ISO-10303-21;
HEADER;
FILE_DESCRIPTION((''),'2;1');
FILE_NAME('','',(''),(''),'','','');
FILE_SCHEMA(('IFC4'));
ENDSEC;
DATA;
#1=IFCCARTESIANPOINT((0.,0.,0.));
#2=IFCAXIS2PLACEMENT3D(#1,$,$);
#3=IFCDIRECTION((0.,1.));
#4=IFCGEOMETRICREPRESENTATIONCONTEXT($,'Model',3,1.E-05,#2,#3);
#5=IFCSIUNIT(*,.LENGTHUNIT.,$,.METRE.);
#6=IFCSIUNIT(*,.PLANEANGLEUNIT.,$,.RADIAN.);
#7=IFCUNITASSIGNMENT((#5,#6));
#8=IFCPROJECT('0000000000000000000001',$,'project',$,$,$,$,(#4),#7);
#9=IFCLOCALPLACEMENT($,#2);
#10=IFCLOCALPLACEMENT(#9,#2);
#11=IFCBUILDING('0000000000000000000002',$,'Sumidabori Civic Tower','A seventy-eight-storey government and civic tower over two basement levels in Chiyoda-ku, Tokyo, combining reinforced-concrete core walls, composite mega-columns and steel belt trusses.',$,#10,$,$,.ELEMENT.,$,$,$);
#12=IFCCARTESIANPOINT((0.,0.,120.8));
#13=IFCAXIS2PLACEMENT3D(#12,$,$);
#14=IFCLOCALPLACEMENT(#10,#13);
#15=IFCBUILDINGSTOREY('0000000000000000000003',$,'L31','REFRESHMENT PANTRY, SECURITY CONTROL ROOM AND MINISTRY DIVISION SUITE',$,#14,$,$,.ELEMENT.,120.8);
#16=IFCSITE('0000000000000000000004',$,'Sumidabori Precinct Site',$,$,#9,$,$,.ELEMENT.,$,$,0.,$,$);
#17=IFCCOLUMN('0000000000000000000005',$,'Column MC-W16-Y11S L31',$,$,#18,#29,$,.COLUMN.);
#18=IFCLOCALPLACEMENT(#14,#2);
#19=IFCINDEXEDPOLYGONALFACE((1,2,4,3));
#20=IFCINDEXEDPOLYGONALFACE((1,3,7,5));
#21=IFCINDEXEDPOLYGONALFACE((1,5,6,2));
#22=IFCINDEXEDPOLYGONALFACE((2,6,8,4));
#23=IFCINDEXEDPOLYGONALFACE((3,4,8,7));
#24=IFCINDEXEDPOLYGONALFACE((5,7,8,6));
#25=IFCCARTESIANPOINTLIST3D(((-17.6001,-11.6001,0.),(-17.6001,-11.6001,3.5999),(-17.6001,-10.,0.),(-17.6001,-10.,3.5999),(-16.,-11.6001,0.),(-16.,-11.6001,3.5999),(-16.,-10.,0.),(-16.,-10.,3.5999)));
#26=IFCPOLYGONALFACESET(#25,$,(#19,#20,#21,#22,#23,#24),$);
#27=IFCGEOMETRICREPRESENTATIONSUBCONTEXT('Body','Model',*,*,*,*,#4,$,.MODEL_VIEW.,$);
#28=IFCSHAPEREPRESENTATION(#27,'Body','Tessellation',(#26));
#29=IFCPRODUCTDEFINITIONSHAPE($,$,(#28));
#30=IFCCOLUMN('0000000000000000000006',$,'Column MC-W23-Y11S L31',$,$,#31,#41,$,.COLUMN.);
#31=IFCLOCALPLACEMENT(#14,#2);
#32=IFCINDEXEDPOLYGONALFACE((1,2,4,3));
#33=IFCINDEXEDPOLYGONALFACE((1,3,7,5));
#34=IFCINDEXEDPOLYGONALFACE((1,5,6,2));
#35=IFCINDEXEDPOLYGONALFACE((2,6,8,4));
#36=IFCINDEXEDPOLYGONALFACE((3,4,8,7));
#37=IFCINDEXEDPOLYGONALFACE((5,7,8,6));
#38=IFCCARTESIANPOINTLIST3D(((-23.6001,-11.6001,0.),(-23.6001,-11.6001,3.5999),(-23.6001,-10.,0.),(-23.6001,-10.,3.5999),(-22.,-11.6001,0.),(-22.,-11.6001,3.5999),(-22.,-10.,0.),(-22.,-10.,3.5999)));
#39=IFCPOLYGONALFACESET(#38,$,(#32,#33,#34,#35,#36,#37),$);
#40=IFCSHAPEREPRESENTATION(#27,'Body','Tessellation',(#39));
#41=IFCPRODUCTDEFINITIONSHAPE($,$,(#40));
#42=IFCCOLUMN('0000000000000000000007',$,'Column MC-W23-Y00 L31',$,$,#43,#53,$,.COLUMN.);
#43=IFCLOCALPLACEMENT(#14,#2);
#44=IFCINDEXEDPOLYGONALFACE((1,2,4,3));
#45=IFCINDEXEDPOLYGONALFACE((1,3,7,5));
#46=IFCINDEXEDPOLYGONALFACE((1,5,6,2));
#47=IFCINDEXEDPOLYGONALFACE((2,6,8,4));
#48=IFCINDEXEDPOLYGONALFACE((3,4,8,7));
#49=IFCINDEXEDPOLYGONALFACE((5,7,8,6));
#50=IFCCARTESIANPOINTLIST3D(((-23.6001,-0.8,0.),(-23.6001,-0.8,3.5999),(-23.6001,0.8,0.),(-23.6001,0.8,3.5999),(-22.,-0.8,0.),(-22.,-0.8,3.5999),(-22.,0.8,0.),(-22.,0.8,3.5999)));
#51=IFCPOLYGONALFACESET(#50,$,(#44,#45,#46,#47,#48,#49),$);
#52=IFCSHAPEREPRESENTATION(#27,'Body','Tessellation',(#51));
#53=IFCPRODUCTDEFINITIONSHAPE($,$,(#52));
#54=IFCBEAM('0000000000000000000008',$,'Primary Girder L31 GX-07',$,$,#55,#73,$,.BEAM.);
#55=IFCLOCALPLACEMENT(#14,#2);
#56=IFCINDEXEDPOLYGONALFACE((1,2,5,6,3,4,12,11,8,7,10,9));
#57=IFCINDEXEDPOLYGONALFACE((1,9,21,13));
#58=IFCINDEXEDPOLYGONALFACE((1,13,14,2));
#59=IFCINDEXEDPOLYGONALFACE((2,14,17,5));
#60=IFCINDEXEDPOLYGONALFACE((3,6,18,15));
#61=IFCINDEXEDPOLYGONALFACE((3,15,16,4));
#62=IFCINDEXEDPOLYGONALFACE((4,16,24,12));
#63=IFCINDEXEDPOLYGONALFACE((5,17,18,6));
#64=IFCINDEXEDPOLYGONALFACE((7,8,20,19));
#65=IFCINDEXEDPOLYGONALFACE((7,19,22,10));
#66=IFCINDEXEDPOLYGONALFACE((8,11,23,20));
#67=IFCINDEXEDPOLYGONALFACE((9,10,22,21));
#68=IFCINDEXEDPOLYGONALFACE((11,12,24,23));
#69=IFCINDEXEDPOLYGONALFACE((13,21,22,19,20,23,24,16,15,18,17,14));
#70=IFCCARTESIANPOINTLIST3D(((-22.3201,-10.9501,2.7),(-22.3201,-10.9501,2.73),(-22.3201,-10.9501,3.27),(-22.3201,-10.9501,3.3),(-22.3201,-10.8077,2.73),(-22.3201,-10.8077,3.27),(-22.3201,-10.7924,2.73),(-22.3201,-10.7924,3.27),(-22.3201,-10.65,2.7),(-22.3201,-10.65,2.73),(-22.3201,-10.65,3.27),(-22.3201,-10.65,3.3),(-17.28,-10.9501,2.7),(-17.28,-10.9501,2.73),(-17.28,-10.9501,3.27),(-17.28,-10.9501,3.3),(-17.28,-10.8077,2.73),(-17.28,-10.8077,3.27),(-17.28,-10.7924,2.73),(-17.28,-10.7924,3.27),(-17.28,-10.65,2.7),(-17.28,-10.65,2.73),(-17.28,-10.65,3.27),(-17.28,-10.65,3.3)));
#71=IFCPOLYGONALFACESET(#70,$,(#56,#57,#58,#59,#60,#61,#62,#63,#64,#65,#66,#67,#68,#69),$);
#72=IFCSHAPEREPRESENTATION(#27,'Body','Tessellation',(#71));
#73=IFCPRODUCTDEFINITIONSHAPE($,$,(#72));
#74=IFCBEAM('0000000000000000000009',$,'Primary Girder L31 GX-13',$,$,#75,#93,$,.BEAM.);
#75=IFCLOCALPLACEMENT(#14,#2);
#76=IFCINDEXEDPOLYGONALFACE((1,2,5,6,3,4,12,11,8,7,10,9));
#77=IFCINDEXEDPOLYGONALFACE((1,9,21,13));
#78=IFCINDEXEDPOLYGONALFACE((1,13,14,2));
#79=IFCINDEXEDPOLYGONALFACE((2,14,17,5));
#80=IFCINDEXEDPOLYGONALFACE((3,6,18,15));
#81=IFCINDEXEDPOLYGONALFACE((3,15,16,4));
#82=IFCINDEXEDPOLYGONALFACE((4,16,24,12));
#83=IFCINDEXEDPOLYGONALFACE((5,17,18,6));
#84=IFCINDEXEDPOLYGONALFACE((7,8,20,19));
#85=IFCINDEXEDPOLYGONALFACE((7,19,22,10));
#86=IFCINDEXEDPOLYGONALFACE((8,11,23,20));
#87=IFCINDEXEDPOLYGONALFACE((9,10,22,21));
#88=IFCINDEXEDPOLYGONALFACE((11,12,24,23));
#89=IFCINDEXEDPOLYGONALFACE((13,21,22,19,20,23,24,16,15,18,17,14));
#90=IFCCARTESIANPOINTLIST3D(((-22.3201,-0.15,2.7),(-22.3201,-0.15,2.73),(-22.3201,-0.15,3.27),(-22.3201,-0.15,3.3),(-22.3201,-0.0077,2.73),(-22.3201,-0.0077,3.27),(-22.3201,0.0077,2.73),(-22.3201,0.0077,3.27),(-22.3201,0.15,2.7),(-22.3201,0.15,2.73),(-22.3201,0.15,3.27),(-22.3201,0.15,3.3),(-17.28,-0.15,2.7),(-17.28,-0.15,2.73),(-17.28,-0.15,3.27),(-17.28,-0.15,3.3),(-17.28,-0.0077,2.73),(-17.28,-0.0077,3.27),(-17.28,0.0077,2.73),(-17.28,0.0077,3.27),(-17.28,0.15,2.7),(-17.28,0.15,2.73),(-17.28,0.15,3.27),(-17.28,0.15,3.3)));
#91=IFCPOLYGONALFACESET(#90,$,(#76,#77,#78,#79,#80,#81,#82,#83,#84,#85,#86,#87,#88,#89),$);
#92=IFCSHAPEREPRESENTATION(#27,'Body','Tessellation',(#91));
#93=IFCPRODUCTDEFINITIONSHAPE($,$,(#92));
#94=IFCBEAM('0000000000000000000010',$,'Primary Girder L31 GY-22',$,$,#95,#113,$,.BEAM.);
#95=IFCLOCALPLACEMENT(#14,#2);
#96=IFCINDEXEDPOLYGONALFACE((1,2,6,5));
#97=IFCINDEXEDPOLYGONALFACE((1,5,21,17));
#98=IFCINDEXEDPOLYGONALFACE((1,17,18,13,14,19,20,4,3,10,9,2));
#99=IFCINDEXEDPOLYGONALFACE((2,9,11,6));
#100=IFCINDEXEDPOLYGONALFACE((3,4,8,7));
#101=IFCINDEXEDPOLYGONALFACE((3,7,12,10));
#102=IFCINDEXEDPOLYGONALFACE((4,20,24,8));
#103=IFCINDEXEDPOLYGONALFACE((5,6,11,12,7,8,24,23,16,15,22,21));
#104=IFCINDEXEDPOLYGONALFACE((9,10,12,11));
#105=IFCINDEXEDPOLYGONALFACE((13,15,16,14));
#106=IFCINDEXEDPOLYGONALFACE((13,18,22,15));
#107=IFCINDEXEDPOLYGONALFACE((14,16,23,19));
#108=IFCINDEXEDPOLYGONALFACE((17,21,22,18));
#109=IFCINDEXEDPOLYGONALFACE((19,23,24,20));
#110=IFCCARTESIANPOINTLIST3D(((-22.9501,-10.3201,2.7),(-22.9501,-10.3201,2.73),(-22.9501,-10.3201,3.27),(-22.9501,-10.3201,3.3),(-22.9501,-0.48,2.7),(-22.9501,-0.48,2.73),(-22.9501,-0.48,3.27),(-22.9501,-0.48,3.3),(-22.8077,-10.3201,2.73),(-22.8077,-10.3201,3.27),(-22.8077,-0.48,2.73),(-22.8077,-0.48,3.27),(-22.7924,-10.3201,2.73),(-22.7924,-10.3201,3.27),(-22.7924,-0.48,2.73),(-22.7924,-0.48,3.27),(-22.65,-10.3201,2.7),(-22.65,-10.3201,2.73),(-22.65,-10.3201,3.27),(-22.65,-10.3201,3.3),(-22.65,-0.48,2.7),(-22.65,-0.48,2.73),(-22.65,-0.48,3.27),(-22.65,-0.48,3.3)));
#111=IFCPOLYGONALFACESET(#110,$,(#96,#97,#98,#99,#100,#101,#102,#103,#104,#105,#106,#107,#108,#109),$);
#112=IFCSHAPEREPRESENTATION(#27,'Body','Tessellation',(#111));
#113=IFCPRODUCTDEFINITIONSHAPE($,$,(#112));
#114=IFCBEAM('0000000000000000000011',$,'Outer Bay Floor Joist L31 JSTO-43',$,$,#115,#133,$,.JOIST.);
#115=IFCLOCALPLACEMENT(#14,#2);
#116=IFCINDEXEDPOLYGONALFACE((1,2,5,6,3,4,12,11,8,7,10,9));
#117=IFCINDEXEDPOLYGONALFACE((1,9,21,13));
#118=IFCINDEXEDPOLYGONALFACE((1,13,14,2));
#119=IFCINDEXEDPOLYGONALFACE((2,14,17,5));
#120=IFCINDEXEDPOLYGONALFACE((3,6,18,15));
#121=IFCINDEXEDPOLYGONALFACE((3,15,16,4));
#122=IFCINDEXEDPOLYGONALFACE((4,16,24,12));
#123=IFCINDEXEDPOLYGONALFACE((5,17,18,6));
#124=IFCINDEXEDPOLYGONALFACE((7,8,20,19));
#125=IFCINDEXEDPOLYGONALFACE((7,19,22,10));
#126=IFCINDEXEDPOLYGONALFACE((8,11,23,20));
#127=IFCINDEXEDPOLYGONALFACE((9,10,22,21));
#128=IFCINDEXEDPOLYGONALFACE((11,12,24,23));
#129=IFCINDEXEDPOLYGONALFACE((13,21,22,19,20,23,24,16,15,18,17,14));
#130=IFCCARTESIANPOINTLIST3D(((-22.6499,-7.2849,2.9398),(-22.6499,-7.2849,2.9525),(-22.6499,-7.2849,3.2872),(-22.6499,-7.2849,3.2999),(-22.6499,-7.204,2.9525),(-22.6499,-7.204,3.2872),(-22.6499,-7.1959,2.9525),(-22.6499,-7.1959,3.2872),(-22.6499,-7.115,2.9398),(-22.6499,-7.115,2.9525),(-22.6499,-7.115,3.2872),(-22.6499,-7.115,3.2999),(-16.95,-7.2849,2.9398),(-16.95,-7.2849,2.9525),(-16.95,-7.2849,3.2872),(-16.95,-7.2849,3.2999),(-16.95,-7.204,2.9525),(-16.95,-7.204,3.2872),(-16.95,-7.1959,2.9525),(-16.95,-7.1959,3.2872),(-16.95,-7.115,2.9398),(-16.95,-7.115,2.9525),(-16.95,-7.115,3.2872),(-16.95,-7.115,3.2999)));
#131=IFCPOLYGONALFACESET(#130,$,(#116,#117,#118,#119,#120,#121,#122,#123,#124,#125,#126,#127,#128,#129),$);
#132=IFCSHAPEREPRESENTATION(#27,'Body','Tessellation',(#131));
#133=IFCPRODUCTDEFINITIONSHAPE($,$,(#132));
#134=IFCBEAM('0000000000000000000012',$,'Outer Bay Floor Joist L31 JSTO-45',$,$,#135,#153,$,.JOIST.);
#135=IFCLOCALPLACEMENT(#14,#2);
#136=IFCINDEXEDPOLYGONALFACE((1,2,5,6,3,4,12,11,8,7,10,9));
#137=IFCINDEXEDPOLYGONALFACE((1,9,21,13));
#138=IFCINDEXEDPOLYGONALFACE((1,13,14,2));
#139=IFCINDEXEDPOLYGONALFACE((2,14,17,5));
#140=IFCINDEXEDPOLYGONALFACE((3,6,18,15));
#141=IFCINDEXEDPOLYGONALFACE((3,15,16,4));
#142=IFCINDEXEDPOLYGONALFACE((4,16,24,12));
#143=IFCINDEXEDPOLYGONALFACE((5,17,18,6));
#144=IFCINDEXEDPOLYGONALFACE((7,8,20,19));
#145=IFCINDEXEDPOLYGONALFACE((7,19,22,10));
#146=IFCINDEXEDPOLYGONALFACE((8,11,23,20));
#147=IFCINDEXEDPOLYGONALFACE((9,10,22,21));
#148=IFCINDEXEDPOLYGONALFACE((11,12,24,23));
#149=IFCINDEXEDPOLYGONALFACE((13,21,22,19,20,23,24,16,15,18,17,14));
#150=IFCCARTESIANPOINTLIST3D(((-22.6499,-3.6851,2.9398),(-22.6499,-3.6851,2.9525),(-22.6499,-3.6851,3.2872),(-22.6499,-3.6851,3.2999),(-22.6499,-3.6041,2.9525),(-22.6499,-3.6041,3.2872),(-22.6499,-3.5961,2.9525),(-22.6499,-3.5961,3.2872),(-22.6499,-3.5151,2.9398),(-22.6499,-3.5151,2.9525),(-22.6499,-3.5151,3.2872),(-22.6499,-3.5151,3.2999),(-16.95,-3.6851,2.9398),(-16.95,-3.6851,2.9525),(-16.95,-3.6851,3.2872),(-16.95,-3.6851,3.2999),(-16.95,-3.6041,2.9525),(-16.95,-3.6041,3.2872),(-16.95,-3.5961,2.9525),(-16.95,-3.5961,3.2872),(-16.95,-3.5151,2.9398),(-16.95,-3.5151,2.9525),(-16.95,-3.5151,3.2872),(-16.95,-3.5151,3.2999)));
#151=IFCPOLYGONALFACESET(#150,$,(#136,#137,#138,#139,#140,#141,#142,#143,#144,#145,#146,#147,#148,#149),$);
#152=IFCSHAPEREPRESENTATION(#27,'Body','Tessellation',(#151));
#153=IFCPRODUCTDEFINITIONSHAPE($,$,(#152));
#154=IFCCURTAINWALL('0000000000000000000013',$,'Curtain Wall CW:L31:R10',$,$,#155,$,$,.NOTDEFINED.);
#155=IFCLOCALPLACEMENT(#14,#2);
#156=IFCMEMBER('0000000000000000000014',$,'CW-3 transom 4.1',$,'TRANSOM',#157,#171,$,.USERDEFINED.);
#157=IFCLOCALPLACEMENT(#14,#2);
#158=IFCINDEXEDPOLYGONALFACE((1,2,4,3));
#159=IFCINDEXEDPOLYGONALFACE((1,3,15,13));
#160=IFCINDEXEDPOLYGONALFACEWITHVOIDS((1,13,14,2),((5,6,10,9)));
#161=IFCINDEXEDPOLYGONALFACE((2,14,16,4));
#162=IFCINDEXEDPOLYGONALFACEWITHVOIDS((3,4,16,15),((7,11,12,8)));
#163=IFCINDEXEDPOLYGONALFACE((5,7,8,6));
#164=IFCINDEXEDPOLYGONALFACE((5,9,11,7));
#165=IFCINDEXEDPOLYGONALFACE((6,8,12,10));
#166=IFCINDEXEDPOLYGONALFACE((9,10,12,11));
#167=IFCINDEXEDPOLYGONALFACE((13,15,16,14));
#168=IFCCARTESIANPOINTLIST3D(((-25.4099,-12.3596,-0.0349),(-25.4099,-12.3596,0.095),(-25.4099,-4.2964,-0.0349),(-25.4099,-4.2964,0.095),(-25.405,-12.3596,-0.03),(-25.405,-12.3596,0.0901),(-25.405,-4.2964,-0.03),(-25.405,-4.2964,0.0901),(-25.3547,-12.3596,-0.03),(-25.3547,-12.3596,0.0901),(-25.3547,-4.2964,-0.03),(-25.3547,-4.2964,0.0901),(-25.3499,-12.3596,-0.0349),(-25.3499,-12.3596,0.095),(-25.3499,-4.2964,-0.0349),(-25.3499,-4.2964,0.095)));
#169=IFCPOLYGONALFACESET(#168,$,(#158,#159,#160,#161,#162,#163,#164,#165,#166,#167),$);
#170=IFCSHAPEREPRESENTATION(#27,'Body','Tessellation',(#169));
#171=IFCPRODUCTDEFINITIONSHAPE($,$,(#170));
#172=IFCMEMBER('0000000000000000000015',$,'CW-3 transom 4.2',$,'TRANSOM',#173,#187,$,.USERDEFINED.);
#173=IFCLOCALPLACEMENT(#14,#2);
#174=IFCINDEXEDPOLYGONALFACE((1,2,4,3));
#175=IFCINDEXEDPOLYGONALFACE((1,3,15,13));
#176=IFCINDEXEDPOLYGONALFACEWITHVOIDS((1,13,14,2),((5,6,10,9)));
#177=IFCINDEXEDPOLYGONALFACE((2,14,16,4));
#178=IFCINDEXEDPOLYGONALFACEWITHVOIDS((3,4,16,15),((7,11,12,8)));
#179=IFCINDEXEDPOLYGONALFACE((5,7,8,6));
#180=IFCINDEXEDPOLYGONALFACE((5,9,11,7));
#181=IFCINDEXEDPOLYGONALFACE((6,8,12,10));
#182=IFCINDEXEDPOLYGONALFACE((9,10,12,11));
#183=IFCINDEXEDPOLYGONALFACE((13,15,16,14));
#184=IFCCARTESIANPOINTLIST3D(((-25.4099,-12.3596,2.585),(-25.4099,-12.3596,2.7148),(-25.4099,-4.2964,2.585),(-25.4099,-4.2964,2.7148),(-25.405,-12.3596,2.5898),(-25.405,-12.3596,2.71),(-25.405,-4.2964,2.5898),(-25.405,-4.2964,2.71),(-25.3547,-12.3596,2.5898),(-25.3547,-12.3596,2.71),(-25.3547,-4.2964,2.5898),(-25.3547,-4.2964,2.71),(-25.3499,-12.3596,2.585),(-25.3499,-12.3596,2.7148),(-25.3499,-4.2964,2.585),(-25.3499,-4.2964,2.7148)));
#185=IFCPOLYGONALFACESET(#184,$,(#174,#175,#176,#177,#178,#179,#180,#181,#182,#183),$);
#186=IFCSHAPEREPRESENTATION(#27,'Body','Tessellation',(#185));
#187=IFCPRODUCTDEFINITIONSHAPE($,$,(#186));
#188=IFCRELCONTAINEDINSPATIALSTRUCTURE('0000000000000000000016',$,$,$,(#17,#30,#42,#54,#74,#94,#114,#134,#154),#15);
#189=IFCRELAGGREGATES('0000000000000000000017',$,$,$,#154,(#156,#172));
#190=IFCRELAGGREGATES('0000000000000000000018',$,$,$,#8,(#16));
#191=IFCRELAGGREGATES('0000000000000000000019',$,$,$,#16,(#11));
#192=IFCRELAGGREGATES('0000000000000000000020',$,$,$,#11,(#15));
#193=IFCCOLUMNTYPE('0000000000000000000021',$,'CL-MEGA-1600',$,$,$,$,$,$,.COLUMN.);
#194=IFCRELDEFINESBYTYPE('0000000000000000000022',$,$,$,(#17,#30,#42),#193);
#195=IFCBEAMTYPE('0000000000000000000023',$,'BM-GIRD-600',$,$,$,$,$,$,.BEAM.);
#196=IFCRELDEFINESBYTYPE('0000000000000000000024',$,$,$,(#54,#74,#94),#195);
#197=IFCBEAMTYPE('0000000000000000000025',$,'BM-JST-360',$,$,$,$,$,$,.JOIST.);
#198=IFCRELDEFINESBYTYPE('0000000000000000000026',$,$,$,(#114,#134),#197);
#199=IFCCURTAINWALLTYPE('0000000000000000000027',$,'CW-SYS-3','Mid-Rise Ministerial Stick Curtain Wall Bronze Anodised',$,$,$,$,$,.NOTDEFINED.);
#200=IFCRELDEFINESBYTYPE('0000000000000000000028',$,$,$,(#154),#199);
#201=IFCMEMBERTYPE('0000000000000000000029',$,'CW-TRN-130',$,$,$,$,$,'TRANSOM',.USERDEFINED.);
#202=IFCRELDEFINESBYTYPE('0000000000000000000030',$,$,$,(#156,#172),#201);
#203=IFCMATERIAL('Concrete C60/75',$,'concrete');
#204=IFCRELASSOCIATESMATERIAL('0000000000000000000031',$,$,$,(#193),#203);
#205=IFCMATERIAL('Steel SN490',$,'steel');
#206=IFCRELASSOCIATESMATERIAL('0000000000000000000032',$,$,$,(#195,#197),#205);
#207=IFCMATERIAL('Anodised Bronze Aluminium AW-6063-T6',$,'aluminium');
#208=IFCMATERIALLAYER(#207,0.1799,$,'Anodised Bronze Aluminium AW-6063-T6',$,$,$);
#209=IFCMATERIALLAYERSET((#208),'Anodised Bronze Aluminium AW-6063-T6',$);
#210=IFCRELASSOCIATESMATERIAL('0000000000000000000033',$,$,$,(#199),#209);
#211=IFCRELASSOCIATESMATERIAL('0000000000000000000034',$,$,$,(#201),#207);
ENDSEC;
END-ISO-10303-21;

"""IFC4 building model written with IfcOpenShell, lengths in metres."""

from ifc_helpers import new_model, si_unit, direction, frame, origin, origin_2d, place, context, subcontext, project, spatial, rectangle, hollow_rectangle, i_section, extrude, source, transform, mapped, material, layer, layer_set, material_profile, profile_set, type_object, element, aggregate, save


model = new_model("IFC4")

# Units and contexts
model_context = context("Model", 3, precision=1e-05, world=origin(), true_north=direction((0.0, 1.0)))
body_context = subcontext(model_context, "Body", "Model", "MODEL_VIEW")
ifc_project = project(units=[si_unit("LENGTHUNIT", "METRE"), si_unit("PLANEANGLEUNIT", "RADIAN")], contexts=[model_context])

# Site, building, storey
site_placement = place(None, origin())
site = spatial("IfcSite", under=ifc_project, at=site_placement, Name="Sumidabori Precinct Site", CompositionType="ELEMENT", RefElevation=0.0)
building_placement = place(site_placement, origin())
building = spatial("IfcBuilding", under=site, at=building_placement, Name="Sumidabori Civic Tower", Description="A seventy-eight-storey government and civic tower over two basement levels in Chiyoda-ku, Tokyo, combining reinforced-concrete core walls, composite mega-columns and steel belt trusses.", CompositionType="ELEMENT")
storey_placement = place(building_placement, frame((0.0, 0.0, 120.8)))
storey = spatial("IfcBuildingStorey", under=building, at=storey_placement, Name="L31", Description="REFRESHMENT PANTRY, SECURITY CONTROL ROOM AND MINISTRY DIVISION SUITE", CompositionType="ELEMENT", Elevation=120.8)

# Columns
ifc_material_1 = material(Name="Concrete C60/75", Category="concrete")
ifc_material_profile_1 = material_profile(ifc_material_1, rectangle(XDim=1.6001, YDim=1.6001, at=origin_2d()), Name="RC 1600x1600")
ifc_profile_set_1 = profile_set([ifc_material_profile_1], Name="Concrete C60/75")
column_type = type_object("IfcColumnType", Name="CL-MEGA-1600", PredefinedType="COLUMN", material=ifc_profile_set_1)
shared_shape_1 = source(origin(), body_context, "Body", "SweptSolid", [
    extrude(rectangle(XDim=1.6001, YDim=1.6001, at=origin_2d()), origin(), (0.0, 0.0, 1.0), 3.5999),
])
for number, where, z_axis, x_axis, name in (
    (1, (-16.8, -10.8, 0.0), (0.0, 0.0, 1.0), (1.0, 0.0, 0.0), "Column MC-W16-Y11S L31"),
    (2, (-22.8, -10.8, 0.0), (0.0, 0.0, 1.0), (1.0, 0.0, 0.0), "Column MC-W23-Y11S L31"),
    (3, (-22.8, 0.0, 0.0), (0.0, 0.0, 1.0), (1.0, 0.0, 0.0), "Column MC-W23-Y00 L31"),
):
    element("IfcColumn", number, at=place(storey_placement, frame(where, z_axis=z_axis, x_axis=x_axis)), inside=storey, type_object=column_type, Name=name, PredefinedType="COLUMN", context=body_context, shape_type="MappedRepresentation", body=[
        mapped(shared_shape_1, transform((0.0, 0.0, 0.0), x_axis=(1.0, 0.0, 0.0), y_axis=(0.0, 1.0, 0.0), z_axis=(0.0, 0.0, 1.0), scale=1.0)),
    ])

# Beams
ifc_material_2 = material(Name="Steel SN490", Category="steel")
ifc_material_profile_2 = material_profile(ifc_material_2, i_section(OverallWidth=0.3, OverallDepth=0.6001, WebThickness=0.0154, FlangeThickness=0.03, at=origin_2d()), Name="HE 600 B")
ifc_profile_set_2 = profile_set([ifc_material_profile_2], Name="Steel SN490")
beam_type_1 = type_object("IfcBeamType", Name="BM-GIRD-600", PredefinedType="BEAM", material=ifc_profile_set_2)
shared_shape_2 = source(origin(), body_context, "Body", "SweptSolid", [
    extrude(i_section(OverallWidth=0.3, OverallDepth=0.6001, WebThickness=0.0154, FlangeThickness=0.03, at=origin_2d()), origin(), (0.0, 0.0, 1.0), 5.04),
])
for number, where, z_axis, x_axis, name in (
    (4, (-22.3201, -10.8, 3.0), (1.0, 0.0, 0.0), (0.0, 1.0, 0.0), "Primary Girder L31 GX-07"),
    (5, (-22.3201, 0.0, 3.0), (1.0, 0.0, 0.0), (0.0, 1.0, 0.0), "Primary Girder L31 GX-13"),
):
    element("IfcBeam", number, at=place(storey_placement, frame(where, z_axis=z_axis, x_axis=x_axis)), inside=storey, type_object=beam_type_1, Name=name, PredefinedType="BEAM", context=body_context, shape_type="MappedRepresentation", body=[
        mapped(shared_shape_2, transform((0.0, 0.0, 0.0), x_axis=(1.0, 0.0, 0.0), y_axis=(0.0, 1.0, 0.0), z_axis=(0.0, 0.0, 1.0), scale=1.0)),
    ])
shared_shape_3 = source(origin(), body_context, "Body", "SweptSolid", [
    extrude(i_section(OverallWidth=0.3, OverallDepth=0.6001, WebThickness=0.0154, FlangeThickness=0.03, at=origin_2d()), origin(), (0.0, 0.0, 1.0), 9.8401),
])
beam_placement = place(storey_placement, frame((-22.8, -10.3201, 3.0), z_axis=(0.0, 1.0, 0.0), x_axis=(-1.0, 0.0, 0.0)))
element("IfcBeam", 6, at=beam_placement, inside=storey, type_object=beam_type_1, Name="Primary Girder L31 GY-22", PredefinedType="BEAM", context=body_context, shape_type="MappedRepresentation", body=[
    mapped(shared_shape_3, transform((0.0, 0.0, 0.0), x_axis=(1.0, 0.0, 0.0), y_axis=(0.0, 1.0, 0.0), z_axis=(0.0, 0.0, 1.0), scale=1.0)),
])
ifc_material_profile_3 = material_profile(ifc_material_2, i_section(OverallWidth=0.1699, OverallDepth=0.3601, WebThickness=0.0081, FlangeThickness=0.0127, at=origin_2d()), Name="IPE 360")
ifc_profile_set_3 = profile_set([ifc_material_profile_3], Name="Steel SN490")
beam_type_2 = type_object("IfcBeamType", Name="BM-JST-360", PredefinedType="JOIST", material=ifc_profile_set_3)
shared_shape_4 = source(origin(), body_context, "Body", "SweptSolid", [
    extrude(i_section(OverallWidth=0.1699, OverallDepth=0.3601, WebThickness=0.0081, FlangeThickness=0.0127, at=origin_2d()), origin(), (0.0, 0.0, 1.0), 5.7),
])
for number, where, z_axis, x_axis, name in (
    (7, (-22.6499, -7.2, 3.1199), (1.0, 0.0, 0.0), (0.0, 1.0, 0.0), "Outer Bay Floor Joist L31 JSTO-43"),
    (8, (-22.6499, -3.6001, 3.1199), (1.0, 0.0, 0.0), (0.0, 1.0, 0.0), "Outer Bay Floor Joist L31 JSTO-45"),
):
    element("IfcBeam", number, at=place(storey_placement, frame(where, z_axis=z_axis, x_axis=x_axis)), inside=storey, type_object=beam_type_2, Name=name, PredefinedType="JOIST", context=body_context, shape_type="MappedRepresentation", body=[
        mapped(shared_shape_4, transform((0.0, 0.0, 0.0), x_axis=(1.0, 0.0, 0.0), y_axis=(0.0, 1.0, 0.0), z_axis=(0.0, 0.0, 1.0), scale=1.0)),
    ])

# Curtain wall, members
ifc_material_3 = material(Name="Anodised Bronze Aluminium AW-6063-T6", Category="aluminium")
ifc_layer_1 = layer(ifc_material_3, 0.1799, Name="Anodised Bronze Aluminium AW-6063-T6")
ifc_layer_set_1 = layer_set([ifc_layer_1], Name="Anodised Bronze Aluminium AW-6063-T6")
curtain_wall_type = type_object("IfcCurtainWallType", Name="CW-SYS-3", Description="Mid-Rise Ministerial Stick Curtain Wall Bronze Anodised", PredefinedType="NOTDEFINED", material=ifc_layer_set_1)
curtain_wall_placement = place(storey_placement, origin())
curtain_wall = element("IfcCurtainWall", 9, at=curtain_wall_placement, inside=storey, type_object=curtain_wall_type, Name="Curtain Wall CW:L31:R10", PredefinedType="NOTDEFINED")
ifc_material_profile_4 = material_profile(ifc_material_3, hollow_rectangle(XDim=0.0601, YDim=0.1299, WallThickness=0.0049, at=origin_2d()), Name="ALU TRANSOM 130x60")
ifc_profile_set_4 = profile_set([ifc_material_profile_4], Name="Anodised Bronze Aluminium AW-6063-T6")
member_type_1 = type_object("IfcMemberType", Name="CW-TRN-130", ElementType="TRANSOM", PredefinedType="USERDEFINED", material=ifc_profile_set_4)
shared_shape_5 = source(origin(), body_context, "Body", "SweptSolid", [
    extrude(hollow_rectangle(XDim=0.0601, YDim=0.1299, WallThickness=0.0049, at=origin_2d()), origin(), (0.0, 0.0, 1.0), 8.0632),
])
member_1_placement = place(storey_placement, frame((-25.3799, -4.2964, 0.03), z_axis=(0.0, -1.0, 0.0), x_axis=(1.0, 0.0, 0.0)))
member_1 = element("IfcMember", 10, at=member_1_placement, type_object=member_type_1, Name="CW-3 transom 4.1", ObjectType="TRANSOM", PredefinedType="USERDEFINED", context=body_context, shape_type="MappedRepresentation", body=[
    mapped(shared_shape_5, transform((0.0, 0.0, 0.0), x_axis=(1.0, 0.0, 0.0), y_axis=(0.0, 1.0, 0.0), z_axis=(0.0, 0.0, 1.0), scale=1.0)),
])
member_2_placement = place(storey_placement, frame((-25.3799, -4.2964, 2.6499), z_axis=(0.0, -1.0, 0.0), x_axis=(1.0, 0.0, 0.0)))
member_2 = element("IfcMember", 11, at=member_2_placement, type_object=member_type_1, Name="CW-3 transom 4.2", ObjectType="TRANSOM", PredefinedType="USERDEFINED", context=body_context, shape_type="MappedRepresentation", body=[
    mapped(shared_shape_5, transform((0.0, 0.0, 0.0), x_axis=(1.0, 0.0, 0.0), y_axis=(0.0, 1.0, 0.0), z_axis=(0.0, 0.0, 1.0), scale=1.0)),
])
aggregate(curtain_wall, [member_1, member_2])

save(model, "model.ifc")
